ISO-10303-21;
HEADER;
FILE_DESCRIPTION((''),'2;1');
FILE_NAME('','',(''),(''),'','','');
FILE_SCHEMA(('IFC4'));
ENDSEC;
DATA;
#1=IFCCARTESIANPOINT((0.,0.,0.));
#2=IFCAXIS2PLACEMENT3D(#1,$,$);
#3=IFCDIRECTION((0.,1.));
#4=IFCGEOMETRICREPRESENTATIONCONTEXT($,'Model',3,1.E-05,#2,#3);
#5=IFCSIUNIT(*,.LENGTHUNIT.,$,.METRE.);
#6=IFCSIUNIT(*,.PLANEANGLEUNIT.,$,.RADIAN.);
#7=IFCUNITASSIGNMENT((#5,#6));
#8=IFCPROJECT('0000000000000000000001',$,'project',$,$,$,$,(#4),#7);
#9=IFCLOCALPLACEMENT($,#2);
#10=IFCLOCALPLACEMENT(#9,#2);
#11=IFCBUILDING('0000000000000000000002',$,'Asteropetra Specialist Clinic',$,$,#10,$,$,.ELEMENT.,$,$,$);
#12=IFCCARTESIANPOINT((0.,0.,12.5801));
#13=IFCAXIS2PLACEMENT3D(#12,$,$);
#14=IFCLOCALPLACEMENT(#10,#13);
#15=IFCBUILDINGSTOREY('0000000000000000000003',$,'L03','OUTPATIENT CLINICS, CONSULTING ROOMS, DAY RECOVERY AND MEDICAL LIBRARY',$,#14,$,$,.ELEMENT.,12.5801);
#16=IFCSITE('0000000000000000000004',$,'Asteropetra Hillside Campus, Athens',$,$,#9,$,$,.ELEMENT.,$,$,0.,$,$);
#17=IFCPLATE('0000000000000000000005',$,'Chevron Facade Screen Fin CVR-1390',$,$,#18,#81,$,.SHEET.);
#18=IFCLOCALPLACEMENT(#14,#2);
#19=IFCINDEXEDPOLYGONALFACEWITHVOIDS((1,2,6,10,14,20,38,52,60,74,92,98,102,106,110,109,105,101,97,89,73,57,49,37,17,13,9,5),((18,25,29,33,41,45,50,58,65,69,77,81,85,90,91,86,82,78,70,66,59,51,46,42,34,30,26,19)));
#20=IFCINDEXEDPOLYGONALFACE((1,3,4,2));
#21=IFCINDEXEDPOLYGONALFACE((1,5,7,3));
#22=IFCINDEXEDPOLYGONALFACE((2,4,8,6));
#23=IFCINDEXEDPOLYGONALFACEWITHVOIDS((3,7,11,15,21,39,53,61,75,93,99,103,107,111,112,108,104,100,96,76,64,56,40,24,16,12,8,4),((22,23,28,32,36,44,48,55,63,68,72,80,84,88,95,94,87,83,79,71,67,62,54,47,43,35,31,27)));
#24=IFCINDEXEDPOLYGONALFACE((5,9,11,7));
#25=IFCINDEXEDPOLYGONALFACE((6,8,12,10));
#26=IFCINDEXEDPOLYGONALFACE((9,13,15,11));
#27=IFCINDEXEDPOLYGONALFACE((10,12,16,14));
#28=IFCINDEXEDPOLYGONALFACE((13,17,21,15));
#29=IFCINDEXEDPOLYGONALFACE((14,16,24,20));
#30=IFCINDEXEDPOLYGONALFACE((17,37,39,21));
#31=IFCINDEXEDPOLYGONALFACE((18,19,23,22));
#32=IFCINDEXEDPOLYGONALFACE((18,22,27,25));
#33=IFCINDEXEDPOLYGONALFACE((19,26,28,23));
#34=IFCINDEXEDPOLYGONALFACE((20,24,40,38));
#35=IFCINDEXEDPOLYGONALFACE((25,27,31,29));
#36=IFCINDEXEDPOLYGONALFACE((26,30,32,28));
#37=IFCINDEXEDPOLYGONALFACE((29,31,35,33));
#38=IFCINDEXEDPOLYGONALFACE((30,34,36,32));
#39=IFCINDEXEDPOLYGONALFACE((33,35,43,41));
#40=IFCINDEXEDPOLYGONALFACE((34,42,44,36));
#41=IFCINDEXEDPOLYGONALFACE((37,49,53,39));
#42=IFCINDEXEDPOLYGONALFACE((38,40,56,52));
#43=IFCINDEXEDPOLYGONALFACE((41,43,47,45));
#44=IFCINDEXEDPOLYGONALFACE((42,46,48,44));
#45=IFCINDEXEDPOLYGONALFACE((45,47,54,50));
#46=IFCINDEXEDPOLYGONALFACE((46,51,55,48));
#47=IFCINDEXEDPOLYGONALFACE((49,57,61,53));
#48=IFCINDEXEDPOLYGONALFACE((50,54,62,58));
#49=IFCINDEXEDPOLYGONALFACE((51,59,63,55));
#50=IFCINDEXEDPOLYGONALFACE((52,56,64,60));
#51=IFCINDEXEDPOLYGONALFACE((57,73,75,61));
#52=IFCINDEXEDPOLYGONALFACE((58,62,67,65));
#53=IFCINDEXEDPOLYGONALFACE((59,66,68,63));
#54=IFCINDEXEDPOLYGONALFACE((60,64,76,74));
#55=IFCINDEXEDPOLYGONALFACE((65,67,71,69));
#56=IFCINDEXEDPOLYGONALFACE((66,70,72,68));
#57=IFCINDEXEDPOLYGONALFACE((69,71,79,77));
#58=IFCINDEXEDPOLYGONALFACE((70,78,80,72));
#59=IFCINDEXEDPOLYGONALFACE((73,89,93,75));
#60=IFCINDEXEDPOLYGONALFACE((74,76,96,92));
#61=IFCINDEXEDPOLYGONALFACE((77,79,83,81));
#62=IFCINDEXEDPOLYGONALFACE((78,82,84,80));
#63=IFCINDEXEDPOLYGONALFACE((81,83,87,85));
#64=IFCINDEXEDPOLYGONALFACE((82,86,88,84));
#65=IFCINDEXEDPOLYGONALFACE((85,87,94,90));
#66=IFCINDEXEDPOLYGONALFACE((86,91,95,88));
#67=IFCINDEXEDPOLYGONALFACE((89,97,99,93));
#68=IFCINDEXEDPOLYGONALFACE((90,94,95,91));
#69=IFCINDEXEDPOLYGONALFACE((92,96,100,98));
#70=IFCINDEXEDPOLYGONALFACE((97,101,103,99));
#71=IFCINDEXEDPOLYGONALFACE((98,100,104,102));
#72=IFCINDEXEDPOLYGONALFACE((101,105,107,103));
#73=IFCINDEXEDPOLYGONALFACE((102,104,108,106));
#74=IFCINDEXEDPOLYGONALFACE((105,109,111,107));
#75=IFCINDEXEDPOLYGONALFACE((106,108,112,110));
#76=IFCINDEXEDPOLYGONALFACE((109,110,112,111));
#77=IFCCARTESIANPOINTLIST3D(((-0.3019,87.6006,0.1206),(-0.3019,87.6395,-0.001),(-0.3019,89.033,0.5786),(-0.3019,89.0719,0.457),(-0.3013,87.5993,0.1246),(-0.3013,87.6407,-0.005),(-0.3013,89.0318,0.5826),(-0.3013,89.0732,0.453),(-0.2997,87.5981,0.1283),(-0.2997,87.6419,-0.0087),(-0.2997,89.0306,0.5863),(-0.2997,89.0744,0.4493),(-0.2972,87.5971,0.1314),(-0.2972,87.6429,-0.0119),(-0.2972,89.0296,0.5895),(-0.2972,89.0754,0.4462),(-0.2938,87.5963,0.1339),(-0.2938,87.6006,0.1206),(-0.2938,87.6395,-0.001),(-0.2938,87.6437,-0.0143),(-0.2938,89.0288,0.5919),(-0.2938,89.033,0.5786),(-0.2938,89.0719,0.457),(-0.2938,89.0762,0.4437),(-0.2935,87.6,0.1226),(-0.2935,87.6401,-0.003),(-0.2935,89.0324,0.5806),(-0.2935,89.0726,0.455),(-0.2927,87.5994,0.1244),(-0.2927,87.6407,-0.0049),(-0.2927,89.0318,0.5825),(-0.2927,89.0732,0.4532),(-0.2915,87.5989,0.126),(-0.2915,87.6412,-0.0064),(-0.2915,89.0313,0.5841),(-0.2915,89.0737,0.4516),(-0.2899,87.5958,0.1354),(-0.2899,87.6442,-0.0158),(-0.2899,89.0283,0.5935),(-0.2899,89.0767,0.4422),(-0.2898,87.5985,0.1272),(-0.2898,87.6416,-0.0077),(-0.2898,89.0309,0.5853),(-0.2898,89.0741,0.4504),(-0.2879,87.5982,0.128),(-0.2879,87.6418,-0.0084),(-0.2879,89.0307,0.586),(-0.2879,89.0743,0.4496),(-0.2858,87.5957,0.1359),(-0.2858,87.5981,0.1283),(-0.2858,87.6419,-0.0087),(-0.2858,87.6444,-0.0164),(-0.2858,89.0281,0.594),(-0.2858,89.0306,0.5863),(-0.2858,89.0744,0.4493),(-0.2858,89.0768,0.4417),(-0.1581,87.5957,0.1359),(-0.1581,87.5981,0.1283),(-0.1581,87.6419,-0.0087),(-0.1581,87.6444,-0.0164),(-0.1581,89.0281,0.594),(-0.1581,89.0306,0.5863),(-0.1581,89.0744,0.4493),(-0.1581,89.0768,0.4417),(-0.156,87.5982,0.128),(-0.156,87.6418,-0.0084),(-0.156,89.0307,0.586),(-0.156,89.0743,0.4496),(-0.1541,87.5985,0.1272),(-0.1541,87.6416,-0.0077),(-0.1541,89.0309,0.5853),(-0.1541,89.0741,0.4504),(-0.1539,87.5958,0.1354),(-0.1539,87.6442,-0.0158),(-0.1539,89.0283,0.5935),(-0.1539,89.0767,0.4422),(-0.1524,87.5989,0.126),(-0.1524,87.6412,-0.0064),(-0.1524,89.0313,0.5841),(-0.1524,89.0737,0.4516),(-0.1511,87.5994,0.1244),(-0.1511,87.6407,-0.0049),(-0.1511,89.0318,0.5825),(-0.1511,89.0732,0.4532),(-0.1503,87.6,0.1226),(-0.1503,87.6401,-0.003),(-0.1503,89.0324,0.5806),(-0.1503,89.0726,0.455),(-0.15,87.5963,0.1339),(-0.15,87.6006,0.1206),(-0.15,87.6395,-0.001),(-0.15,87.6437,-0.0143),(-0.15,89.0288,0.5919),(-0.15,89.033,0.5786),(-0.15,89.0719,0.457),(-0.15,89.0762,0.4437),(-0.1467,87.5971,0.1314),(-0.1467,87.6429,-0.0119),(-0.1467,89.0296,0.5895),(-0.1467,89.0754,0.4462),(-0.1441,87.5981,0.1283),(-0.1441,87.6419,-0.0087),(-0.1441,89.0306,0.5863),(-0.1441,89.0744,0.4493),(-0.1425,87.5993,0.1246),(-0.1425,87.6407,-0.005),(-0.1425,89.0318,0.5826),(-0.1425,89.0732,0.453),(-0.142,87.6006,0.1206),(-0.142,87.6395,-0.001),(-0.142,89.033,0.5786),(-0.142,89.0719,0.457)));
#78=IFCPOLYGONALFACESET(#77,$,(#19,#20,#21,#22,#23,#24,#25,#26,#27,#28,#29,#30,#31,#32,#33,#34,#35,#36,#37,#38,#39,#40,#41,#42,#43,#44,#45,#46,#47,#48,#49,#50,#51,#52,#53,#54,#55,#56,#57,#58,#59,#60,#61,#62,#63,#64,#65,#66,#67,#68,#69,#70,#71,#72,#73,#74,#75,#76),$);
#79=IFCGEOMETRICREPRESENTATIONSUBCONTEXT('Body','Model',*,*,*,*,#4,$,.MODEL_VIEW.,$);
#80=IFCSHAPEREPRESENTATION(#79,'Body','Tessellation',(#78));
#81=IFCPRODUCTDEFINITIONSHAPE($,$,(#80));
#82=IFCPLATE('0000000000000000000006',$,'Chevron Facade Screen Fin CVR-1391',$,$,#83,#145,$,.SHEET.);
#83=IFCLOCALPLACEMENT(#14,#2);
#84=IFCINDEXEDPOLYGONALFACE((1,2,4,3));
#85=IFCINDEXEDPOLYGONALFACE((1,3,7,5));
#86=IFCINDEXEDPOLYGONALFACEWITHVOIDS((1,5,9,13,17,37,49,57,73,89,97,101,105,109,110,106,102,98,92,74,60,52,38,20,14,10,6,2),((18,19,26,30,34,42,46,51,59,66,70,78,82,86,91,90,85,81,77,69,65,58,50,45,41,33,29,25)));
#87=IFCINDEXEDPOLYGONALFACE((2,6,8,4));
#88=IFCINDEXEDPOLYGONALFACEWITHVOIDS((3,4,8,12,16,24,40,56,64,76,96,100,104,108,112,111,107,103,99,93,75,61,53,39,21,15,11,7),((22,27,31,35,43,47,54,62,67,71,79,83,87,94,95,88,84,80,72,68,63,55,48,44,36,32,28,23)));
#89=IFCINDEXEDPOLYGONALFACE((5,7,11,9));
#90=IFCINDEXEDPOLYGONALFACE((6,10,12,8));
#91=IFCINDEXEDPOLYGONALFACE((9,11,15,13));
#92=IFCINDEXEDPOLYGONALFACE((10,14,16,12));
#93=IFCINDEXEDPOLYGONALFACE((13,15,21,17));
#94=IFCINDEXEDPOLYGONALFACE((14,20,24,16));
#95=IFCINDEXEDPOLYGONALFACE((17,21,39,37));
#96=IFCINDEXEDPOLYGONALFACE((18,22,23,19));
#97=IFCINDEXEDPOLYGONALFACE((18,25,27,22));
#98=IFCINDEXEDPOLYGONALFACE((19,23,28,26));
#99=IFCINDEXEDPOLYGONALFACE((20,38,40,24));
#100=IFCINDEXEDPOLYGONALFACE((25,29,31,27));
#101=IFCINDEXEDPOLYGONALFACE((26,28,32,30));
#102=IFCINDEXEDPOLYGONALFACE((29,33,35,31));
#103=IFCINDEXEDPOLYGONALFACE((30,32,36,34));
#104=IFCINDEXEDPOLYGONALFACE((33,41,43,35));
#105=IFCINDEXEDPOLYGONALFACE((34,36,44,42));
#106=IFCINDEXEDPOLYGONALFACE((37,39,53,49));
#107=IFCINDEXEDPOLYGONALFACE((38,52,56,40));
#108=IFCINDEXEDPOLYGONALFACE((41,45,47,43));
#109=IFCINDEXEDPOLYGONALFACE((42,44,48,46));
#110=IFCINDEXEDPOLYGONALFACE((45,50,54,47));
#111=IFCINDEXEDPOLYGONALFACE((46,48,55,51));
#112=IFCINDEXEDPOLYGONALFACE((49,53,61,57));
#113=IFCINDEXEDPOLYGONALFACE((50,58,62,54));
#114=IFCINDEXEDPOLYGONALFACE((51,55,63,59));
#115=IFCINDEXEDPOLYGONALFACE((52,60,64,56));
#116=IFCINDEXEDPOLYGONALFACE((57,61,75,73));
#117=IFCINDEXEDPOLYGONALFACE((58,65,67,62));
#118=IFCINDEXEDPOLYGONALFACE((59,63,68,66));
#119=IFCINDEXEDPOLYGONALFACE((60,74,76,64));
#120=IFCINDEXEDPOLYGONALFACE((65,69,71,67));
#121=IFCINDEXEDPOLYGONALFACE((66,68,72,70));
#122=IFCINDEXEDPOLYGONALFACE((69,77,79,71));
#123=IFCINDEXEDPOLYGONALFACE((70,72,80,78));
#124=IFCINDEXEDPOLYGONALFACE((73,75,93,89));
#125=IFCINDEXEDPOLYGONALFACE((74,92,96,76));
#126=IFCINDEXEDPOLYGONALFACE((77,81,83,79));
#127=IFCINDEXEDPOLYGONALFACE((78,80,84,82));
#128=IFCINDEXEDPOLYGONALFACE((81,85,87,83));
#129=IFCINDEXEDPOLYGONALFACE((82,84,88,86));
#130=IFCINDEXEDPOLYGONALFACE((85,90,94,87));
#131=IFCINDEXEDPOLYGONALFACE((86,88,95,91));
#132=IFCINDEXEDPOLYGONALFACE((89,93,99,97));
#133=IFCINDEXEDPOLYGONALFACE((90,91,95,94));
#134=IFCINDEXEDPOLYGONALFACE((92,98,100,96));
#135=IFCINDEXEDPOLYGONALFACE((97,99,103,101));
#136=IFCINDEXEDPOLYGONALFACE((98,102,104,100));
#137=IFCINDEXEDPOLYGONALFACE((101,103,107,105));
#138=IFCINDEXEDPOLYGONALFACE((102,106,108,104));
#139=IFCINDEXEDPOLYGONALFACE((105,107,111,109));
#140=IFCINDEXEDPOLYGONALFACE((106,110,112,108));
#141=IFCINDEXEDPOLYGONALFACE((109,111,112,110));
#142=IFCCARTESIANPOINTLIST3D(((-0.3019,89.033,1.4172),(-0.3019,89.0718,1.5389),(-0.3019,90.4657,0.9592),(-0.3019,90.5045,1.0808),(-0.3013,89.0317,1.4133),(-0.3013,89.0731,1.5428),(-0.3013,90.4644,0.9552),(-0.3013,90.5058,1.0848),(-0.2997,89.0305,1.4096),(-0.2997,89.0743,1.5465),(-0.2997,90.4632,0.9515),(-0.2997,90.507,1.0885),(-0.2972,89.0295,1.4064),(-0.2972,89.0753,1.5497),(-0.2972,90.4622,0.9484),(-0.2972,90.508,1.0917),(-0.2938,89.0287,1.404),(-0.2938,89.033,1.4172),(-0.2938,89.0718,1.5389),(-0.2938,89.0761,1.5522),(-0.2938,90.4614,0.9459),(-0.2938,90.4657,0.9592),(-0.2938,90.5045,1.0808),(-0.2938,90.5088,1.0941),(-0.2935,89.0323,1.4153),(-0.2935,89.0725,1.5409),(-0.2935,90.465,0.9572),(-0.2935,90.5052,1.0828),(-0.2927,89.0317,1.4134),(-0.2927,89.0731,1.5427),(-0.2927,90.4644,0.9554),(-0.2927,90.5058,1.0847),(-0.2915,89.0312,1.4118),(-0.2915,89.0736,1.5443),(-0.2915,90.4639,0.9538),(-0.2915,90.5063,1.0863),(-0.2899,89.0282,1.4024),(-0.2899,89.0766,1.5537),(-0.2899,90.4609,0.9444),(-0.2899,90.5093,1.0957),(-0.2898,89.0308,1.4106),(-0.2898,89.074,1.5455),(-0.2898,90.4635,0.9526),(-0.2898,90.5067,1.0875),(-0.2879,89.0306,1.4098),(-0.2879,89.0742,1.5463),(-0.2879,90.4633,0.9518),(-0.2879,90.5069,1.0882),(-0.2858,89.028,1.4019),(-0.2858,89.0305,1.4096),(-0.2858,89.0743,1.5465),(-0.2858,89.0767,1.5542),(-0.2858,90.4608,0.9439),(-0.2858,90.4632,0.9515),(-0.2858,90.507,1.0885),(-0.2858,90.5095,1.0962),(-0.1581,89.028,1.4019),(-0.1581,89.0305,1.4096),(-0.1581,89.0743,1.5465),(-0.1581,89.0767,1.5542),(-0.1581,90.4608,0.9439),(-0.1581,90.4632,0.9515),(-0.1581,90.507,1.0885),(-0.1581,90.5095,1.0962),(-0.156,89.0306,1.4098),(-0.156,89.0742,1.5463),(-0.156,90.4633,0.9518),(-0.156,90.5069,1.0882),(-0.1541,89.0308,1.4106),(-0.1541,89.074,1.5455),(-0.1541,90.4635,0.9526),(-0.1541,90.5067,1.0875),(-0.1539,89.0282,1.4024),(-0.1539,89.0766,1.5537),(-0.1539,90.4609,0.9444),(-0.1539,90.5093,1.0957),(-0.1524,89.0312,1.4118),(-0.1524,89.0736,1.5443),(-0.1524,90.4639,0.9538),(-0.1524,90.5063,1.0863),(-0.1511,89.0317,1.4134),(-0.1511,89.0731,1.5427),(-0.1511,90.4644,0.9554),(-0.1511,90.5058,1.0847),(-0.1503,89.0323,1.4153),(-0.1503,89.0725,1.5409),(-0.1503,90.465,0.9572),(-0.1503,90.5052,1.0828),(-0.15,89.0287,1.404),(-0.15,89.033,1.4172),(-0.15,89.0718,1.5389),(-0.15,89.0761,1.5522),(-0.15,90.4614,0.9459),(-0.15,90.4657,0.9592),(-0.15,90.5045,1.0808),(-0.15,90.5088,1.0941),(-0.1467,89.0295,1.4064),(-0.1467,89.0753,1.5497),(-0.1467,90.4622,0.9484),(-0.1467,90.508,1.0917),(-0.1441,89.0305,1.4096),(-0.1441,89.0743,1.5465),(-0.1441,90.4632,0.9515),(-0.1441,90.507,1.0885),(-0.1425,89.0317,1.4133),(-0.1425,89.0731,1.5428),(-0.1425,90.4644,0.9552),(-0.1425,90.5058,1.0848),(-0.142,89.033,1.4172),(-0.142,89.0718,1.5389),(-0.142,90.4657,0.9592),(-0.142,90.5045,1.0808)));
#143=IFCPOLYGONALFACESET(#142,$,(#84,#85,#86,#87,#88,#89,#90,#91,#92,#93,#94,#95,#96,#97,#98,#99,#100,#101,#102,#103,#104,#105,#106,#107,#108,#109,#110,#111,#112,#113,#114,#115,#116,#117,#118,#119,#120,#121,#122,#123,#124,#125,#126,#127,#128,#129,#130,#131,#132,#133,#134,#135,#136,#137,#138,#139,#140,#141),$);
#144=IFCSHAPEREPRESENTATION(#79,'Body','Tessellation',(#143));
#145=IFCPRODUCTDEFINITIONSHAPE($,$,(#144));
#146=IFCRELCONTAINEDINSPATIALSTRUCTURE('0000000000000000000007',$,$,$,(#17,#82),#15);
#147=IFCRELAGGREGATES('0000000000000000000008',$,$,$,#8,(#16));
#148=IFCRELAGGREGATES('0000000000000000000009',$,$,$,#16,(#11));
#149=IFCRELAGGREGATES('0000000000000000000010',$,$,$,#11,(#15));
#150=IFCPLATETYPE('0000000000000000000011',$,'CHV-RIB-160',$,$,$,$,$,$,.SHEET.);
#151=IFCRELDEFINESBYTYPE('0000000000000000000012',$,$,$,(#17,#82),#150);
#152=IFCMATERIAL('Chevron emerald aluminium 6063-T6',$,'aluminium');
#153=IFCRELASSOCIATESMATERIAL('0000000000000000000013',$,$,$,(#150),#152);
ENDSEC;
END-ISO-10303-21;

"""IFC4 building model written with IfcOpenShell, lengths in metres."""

from ifc_helpers import new_model, si_unit, direction, frame, origin, origin_2d, place, context, subcontext, project, spatial, hollow_rectangle, extrude, material, material_profile, profile_set, type_object, element, save


model = new_model("IFC4")

# Units and contexts
model_context = context("Model", 3, precision=1e-05, world=origin(), true_north=direction((0.0, 1.0)))
body_context = subcontext(model_context, "Body", "Model", "MODEL_VIEW")
ifc_project = project(units=[si_unit("LENGTHUNIT", "METRE"), si_unit("PLANEANGLEUNIT", "RADIAN")], contexts=[model_context])

# Site, building, storey
site_placement = place(None, origin())
site = spatial("IfcSite", under=ifc_project, at=site_placement, Name="Asteropetra Hillside Campus, Athens", CompositionType="ELEMENT", RefElevation=0.0)
building_placement = place(site_placement, origin())
building = spatial("IfcBuilding", under=site, at=building_placement, Name="Asteropetra Specialist Clinic", CompositionType="ELEMENT")
storey_placement = place(building_placement, frame((0.0, 0.0, 12.5801)))
storey = spatial("IfcBuildingStorey", under=building, at=storey_placement, Name="L03", Description="OUTPATIENT CLINICS, CONSULTING ROOMS, DAY RECOVERY AND MEDICAL LIBRARY", CompositionType="ELEMENT", Elevation=12.5801)

# Plates
ifc_material_1 = material(Name="Chevron emerald aluminium 6063-T6", Category="aluminium")
ifc_material_profile_1 = material_profile(ifc_material_1, hollow_rectangle(XDim=0.1599, YDim=0.1599, WallThickness=0.0081, InnerFilletRadius=0.0081, OuterFilletRadius=0.0161, at=origin_2d()), Name="SHS 160x160x8.0")
ifc_profile_set_1 = profile_set([ifc_material_profile_1], Name="Chevron emerald aluminium 6063-T6")
plate_type_1 = type_object("IfcPlateType", Name="CHV-RIB-160", PredefinedType="SHEET", material=ifc_profile_set_1)
plate_1_placement = place(storey_placement, frame((-0.2219, 89.0525, 0.5178), z_axis=(0.0, -0.952492, -0.304564), x_axis=(1.0, 0.0, 0.0)))
element("IfcPlate", 1, at=plate_1_placement, inside=storey, type_object=plate_type_1, Name="Chevron Facade Screen Fin CVR-1390", PredefinedType="SHEET", context=body_context, shape_type="SweptSolid", body=[
    extrude(hollow_rectangle(XDim=0.1599, YDim=0.1599, WallThickness=0.0081, InnerFilletRadius=0.0081, OuterFilletRadius=0.0161, at=origin_2d()), origin(), (0.0, 0.0, 1.0), 1.5039),
])
plate_2_placement = place(storey_placement, frame((-0.2219, 90.4851, 1.02), z_axis=(0.0, -0.952507, 0.304517), x_axis=(1.0, 0.0, 0.0)))
element("IfcPlate", 2, at=plate_2_placement, inside=storey, type_object=plate_type_1, Name="Chevron Facade Screen Fin CVR-1391", PredefinedType="SHEET", context=body_context, shape_type="SweptSolid", body=[
    extrude(hollow_rectangle(XDim=0.1599, YDim=0.1599, WallThickness=0.0081, InnerFilletRadius=0.0081, OuterFilletRadius=0.0161, at=origin_2d()), origin(), (0.0, 0.0, 1.0), 1.5042),
])

save(model, "model.ifc")
